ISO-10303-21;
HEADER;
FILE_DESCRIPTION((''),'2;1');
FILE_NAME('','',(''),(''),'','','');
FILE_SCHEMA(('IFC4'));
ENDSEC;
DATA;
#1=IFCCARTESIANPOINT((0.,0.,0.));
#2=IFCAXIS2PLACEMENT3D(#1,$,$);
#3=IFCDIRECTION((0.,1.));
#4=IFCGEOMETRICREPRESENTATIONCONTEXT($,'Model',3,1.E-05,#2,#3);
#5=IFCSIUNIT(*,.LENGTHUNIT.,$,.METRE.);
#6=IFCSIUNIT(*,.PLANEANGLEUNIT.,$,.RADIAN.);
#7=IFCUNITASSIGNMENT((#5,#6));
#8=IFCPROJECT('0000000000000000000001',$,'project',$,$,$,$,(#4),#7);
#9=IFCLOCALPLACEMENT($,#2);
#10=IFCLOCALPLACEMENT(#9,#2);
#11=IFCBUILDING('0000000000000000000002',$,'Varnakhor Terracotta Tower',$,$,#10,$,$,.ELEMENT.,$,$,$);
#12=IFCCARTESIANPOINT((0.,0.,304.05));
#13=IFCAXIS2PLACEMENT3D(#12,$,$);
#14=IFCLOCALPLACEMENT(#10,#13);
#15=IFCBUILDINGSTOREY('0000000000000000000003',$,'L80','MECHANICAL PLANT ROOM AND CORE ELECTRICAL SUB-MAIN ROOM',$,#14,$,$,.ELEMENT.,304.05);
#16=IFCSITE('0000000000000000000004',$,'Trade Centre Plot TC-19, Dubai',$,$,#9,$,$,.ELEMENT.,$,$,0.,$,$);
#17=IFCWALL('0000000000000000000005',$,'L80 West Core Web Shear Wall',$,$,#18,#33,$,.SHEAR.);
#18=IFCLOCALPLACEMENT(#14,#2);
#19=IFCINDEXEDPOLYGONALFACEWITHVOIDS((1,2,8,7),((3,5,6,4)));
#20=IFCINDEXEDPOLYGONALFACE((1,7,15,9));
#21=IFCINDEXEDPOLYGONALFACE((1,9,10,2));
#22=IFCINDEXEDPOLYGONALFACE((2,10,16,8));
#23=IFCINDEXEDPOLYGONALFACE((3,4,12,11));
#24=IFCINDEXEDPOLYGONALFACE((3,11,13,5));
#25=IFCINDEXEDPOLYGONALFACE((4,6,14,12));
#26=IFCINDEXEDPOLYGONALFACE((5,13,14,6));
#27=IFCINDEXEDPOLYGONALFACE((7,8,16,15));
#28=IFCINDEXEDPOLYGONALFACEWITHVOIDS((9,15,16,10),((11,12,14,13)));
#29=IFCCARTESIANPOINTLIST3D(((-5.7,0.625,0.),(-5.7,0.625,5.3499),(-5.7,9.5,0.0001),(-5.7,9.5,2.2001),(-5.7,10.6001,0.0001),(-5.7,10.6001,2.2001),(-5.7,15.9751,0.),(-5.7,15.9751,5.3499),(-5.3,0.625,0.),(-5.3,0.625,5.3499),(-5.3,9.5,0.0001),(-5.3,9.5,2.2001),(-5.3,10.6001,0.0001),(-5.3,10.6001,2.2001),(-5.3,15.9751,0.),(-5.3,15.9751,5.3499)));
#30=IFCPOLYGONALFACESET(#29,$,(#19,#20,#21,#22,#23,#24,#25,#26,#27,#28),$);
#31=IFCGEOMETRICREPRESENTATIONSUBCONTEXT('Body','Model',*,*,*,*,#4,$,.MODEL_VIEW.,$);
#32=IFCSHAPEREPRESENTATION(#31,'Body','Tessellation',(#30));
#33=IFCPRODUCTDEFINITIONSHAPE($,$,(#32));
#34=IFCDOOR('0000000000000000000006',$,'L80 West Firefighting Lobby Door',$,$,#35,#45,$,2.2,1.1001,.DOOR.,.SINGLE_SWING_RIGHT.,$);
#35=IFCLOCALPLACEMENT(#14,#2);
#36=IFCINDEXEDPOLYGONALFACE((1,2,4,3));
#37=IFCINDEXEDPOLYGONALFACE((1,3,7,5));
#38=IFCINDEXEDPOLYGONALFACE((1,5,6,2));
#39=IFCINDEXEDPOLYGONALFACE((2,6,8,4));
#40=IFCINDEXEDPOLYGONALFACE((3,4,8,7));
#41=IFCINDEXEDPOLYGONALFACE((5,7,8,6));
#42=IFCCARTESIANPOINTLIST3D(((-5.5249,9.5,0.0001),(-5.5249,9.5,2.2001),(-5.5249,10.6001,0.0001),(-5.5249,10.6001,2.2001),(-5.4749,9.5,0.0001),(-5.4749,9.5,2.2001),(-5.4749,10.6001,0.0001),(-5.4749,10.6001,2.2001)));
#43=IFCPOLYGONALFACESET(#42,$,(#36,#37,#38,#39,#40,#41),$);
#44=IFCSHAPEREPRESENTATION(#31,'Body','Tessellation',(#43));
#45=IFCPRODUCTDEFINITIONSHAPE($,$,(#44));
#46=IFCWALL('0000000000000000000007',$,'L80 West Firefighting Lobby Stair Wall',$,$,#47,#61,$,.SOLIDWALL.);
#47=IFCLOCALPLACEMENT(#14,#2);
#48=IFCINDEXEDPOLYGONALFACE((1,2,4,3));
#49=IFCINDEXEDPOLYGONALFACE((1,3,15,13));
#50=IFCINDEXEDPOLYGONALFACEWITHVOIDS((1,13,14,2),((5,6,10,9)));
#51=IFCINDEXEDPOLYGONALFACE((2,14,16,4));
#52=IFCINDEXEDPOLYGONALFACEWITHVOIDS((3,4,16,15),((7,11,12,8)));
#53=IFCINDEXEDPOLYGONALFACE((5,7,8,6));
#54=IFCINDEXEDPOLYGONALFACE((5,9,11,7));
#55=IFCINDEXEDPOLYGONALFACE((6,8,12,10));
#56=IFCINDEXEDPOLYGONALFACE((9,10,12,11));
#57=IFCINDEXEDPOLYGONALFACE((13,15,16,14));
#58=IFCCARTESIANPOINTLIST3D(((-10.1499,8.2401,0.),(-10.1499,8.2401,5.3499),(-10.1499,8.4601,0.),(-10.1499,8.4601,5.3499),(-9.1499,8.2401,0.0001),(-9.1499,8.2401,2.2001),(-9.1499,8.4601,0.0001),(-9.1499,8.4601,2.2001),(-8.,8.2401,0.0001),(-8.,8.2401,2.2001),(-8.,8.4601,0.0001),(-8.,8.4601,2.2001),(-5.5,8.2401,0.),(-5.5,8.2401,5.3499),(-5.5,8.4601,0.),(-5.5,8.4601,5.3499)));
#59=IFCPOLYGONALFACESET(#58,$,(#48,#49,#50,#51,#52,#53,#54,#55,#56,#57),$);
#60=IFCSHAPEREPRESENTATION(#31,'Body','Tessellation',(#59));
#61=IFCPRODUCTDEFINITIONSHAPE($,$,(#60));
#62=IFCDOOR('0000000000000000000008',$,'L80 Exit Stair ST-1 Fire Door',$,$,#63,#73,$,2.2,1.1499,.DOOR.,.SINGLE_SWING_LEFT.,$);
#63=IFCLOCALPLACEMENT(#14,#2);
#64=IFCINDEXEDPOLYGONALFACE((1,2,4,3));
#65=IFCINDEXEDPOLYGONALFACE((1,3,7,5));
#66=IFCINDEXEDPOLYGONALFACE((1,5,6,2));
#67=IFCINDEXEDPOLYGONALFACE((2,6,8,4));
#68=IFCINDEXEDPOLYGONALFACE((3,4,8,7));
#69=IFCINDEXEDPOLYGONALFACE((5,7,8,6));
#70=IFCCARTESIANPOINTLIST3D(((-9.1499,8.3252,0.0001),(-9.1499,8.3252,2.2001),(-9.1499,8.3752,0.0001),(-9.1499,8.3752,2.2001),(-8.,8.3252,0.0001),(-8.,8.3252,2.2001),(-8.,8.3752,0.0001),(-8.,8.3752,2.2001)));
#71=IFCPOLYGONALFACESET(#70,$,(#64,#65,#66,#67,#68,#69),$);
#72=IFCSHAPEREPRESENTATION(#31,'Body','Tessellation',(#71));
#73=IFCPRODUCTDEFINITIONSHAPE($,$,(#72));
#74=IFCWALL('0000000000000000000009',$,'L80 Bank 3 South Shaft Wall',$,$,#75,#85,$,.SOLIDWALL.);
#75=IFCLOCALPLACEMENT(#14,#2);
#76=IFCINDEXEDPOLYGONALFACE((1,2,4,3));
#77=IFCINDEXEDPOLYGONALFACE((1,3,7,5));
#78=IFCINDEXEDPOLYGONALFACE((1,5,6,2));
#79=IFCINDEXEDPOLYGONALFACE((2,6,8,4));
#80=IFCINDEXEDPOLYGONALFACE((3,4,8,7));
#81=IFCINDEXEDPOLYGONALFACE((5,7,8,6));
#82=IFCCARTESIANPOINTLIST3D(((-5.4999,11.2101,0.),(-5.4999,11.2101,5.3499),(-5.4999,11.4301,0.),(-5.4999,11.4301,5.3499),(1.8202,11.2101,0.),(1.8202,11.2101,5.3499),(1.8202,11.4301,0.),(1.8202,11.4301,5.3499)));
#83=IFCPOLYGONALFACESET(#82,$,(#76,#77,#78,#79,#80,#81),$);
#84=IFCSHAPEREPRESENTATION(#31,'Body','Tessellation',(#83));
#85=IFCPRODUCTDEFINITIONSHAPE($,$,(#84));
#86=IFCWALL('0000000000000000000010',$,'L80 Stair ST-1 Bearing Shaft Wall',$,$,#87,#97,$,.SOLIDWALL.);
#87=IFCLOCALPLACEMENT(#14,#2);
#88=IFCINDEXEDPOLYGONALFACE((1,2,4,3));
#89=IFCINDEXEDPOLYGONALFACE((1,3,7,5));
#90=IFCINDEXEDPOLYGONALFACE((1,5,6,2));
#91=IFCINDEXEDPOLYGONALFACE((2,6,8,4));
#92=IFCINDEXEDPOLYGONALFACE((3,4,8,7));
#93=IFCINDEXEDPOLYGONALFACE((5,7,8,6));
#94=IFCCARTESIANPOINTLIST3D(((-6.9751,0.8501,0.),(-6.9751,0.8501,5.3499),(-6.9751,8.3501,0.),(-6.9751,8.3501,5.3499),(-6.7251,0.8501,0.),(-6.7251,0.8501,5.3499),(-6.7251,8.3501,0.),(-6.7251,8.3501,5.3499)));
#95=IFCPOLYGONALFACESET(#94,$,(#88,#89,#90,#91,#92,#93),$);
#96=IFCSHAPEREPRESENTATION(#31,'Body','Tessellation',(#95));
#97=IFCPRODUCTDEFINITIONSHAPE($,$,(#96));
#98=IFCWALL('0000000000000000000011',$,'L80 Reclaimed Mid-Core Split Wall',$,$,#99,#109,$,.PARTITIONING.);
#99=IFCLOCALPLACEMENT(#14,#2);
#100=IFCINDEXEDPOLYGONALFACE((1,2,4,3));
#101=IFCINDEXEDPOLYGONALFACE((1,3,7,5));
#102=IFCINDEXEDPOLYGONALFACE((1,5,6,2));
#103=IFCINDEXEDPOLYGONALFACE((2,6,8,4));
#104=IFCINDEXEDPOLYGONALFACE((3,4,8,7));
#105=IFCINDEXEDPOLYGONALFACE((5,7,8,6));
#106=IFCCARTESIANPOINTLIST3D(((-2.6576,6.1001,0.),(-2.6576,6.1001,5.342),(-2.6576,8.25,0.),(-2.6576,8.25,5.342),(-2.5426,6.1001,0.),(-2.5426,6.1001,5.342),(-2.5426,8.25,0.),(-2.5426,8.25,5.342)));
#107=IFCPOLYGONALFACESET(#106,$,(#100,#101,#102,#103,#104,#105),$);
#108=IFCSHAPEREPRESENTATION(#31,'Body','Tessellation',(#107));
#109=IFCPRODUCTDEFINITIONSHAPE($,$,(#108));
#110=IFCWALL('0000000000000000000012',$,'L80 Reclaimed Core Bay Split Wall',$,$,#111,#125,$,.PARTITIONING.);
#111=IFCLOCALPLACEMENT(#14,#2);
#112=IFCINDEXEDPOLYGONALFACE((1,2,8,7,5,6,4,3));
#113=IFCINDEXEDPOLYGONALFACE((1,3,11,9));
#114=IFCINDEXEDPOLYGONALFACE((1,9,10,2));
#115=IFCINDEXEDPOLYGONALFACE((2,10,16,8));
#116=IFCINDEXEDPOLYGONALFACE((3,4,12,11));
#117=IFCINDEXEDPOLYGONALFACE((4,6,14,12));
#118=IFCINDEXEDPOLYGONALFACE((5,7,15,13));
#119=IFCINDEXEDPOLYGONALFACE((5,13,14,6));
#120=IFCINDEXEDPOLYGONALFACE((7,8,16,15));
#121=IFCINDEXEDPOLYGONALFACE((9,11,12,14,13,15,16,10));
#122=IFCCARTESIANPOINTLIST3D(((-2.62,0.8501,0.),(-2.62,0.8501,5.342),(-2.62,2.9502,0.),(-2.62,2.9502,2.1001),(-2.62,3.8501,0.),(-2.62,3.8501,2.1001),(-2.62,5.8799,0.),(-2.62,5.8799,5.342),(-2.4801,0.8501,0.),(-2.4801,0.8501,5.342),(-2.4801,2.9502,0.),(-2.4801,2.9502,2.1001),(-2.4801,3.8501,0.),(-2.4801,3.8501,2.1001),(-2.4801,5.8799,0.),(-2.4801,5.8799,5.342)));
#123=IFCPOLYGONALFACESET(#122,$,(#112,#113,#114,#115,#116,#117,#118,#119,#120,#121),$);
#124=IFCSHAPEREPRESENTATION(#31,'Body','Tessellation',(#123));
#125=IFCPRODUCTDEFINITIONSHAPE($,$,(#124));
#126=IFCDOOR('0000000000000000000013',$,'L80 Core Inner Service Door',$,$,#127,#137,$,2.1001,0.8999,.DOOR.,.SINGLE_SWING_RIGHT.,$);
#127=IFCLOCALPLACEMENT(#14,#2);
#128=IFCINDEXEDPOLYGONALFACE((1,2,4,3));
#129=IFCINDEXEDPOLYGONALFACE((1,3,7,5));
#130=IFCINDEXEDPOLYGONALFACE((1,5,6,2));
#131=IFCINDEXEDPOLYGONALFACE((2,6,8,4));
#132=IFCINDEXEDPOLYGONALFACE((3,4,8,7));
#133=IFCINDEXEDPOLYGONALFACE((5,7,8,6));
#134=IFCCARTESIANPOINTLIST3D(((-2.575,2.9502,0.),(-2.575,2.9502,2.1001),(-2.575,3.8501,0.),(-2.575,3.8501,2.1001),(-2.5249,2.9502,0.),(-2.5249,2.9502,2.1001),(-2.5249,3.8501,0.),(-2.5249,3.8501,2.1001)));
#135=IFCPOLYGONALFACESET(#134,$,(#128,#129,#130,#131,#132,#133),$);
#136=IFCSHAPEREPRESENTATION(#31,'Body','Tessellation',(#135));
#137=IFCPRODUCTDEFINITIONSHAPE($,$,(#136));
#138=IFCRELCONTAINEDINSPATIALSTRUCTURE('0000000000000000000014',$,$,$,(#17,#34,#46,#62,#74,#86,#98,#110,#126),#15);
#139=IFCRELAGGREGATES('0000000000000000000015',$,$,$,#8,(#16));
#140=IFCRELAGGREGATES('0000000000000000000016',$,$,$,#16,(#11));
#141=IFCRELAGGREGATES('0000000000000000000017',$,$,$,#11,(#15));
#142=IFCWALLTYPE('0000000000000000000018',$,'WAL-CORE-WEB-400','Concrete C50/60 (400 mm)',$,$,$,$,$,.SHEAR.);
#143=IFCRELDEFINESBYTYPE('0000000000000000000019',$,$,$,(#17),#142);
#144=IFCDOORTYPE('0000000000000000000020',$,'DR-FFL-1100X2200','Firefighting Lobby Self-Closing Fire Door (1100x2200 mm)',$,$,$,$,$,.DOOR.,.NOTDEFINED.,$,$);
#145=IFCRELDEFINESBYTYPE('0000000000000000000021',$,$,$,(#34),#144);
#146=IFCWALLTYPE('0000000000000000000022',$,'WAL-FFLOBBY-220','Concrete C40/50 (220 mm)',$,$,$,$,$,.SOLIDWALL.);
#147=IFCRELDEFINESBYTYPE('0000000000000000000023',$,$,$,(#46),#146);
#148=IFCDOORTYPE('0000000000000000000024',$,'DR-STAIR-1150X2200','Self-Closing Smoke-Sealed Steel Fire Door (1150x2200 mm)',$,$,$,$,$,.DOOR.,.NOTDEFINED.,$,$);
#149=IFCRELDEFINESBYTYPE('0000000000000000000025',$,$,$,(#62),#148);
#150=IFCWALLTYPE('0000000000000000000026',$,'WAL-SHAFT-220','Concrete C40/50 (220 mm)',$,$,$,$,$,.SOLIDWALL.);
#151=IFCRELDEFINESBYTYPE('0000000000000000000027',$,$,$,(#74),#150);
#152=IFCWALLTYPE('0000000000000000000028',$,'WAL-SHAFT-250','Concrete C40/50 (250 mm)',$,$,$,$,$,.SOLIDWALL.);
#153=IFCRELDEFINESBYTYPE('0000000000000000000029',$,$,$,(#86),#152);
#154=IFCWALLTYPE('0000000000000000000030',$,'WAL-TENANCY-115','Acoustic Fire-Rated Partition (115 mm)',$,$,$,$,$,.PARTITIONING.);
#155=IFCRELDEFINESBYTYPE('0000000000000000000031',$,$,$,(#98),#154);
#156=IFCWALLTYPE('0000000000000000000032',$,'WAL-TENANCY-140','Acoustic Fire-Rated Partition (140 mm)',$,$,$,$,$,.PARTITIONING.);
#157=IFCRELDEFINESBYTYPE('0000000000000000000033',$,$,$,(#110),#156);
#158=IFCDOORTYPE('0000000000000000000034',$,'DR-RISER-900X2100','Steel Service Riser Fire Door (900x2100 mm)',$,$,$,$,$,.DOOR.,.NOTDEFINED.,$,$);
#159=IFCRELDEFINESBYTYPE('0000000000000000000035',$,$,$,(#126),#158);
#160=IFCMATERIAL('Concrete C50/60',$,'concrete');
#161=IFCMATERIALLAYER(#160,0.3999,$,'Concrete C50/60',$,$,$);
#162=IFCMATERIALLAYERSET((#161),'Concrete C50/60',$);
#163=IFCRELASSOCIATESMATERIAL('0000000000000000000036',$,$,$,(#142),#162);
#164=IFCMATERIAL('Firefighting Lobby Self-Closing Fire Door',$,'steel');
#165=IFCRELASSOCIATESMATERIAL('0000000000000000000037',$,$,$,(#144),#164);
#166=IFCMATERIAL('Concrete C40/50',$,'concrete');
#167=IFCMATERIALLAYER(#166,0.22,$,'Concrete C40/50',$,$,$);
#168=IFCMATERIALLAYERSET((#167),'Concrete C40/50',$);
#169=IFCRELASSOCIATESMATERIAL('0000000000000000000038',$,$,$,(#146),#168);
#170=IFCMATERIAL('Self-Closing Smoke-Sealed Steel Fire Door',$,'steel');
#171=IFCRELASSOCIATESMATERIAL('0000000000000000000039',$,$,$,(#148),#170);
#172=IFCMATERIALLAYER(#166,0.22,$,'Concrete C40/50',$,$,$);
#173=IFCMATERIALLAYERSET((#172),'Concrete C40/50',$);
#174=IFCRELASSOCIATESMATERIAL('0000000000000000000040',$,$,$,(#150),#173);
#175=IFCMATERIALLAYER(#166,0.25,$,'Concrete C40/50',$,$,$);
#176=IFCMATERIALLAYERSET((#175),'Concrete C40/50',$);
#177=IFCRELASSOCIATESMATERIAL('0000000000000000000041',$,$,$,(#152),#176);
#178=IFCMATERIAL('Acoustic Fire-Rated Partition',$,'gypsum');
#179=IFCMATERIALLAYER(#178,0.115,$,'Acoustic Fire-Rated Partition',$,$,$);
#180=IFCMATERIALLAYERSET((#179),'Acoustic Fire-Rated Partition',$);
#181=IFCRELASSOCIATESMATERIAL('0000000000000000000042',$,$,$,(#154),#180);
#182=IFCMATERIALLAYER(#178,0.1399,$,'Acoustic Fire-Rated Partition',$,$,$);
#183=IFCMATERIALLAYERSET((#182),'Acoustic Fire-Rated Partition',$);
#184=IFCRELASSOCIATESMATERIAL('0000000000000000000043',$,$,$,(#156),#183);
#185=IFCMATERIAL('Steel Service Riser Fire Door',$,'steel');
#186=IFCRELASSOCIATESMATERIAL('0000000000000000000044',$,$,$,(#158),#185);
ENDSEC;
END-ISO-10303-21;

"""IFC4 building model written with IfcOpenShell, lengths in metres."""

from ifc_helpers import new_model, si_unit, direction, frame, frame_2d, origin, place, context, subcontext, project, spatial, rectangle, extrude, source, transform, mapped, material, layer, layer_set, type_object, type_shapes, element, fill, save


model = new_model("IFC4")

# Units and contexts
model_context = context("Model", 3, precision=1e-05, world=origin(), true_north=direction((0.0, 1.0)))
body_context = subcontext(model_context, "Body", "Model", "MODEL_VIEW")
ifc_project = project(units=[si_unit("LENGTHUNIT", "METRE"), si_unit("PLANEANGLEUNIT", "RADIAN")], contexts=[model_context])

# Site, building, storey
site_placement = place(None, origin())
site = spatial("IfcSite", under=ifc_project, at=site_placement, Name="Trade Centre Plot TC-19, Dubai", CompositionType="ELEMENT", RefElevation=0.0)
building_placement = place(site_placement, origin())
building = spatial("IfcBuilding", under=site, at=building_placement, Name="Varnakhor Terracotta Tower", CompositionType="ELEMENT")
storey_placement = place(building_placement, frame((0.0, 0.0, 304.05)))
storey = spatial("IfcBuildingStorey", under=building, at=storey_placement, Name="L80", Description="MECHANICAL PLANT ROOM AND CORE ELECTRICAL SUB-MAIN ROOM", CompositionType="ELEMENT", Elevation=304.05)

# Shared definitions
ifc_material_1 = material(Name="Concrete C50/60", Category="concrete")

# Walls, openings, doors
ifc_layer_1 = layer(ifc_material_1, 0.3999, Name="Concrete C50/60")
ifc_layer_set_1 = layer_set([ifc_layer_1], Name="Concrete C50/60")
wall_type_1 = type_object("IfcWallType", Name="WAL-CORE-WEB-400", Description="Concrete C50/60 (400 mm)", PredefinedType="SHEAR", material=ifc_layer_set_1)
wall_1_placement = place(storey_placement, frame((-5.5, 0.625, 0.0), z_axis=(0.0, 0.0, 1.0), x_axis=(0.0, 1.0, 0.0)))
wall_1 = element("IfcWall", 1, at=wall_1_placement, inside=storey, type_object=wall_type_1, Name="L80 West Core Web Shear Wall", PredefinedType="SHEAR", context=body_context, shape_type="SweptSolid", body=[
    extrude(rectangle(XDim=15.3501, YDim=0.3999, at=frame_2d((7.675, 0.0))), origin(), (0.0, 0.0, 1.0), 5.3499),
])
opening_1_placement = place(wall_1_placement, frame((8.875, 0.0, 0.0)))
opening_1 = element("IfcOpeningElement", 2, at=opening_1_placement, cuts=wall_1, PredefinedType="OPENING", context=body_context, shape_type="SweptSolid", body=[
    extrude(rectangle(XDim=1.1001, YDim=2.2, at=frame_2d((0.55, 1.1001))), frame((0.0, 0.21, 0.0), z_axis=(0.0, -1.0, 0.0), x_axis=(1.0, 0.0, 0.0)), (0.0, 0.0, 1.0), 0.4199),
])
ifc_material_2 = material(Name="Firefighting Lobby Self-Closing Fire Door", Category="steel")
door_type_1 = type_object("IfcDoorType", Name="DR-FFL-1100X2200", Description="Firefighting Lobby Self-Closing Fire Door (1100x2200 mm)", OperationType="NOTDEFINED", PredefinedType="DOOR", material=ifc_material_2)
shared_shape_1 = source(origin(), body_context, "Body", "SweptSolid", [
    extrude(rectangle(XDim=1.1001, YDim=2.2, at=frame_2d((0.55, 1.1001))), frame((0.0, 0.0249, 0.0), z_axis=(0.0, -1.0, 0.0), x_axis=(1.0, 0.0, 0.0)), (0.0, 0.0, 1.0), 0.05),
])
type_shapes(door_type_1, [shared_shape_1])
door_1_placement = place(opening_1_placement, origin())
door_1 = element("IfcDoor", 3, at=door_1_placement, inside=storey, type_object=door_type_1, Name="L80 West Firefighting Lobby Door", OperationType="SINGLE_SWING_RIGHT", OverallHeight=2.2, OverallWidth=1.1001, PredefinedType="DOOR", context=body_context, shape_type="MappedRepresentation", body=[
    mapped(shared_shape_1, transform((0.0, 0.0, 0.0), scale=1.0)),
])
fill(opening_1, door_1)
ifc_material_3 = material(Name="Concrete C40/50", Category="concrete")
ifc_layer_2 = layer(ifc_material_3, 0.22, Name="Concrete C40/50")
ifc_layer_set_2 = layer_set([ifc_layer_2], Name="Concrete C40/50")
wall_type_2 = type_object("IfcWallType", Name="WAL-FFLOBBY-220", Description="Concrete C40/50 (220 mm)", PredefinedType="SOLIDWALL", material=ifc_layer_set_2)
wall_2_placement = place(storey_placement, frame((-5.5, 8.3501, 0.0), z_axis=(0.0, 0.0, 1.0), x_axis=(-1.0, 0.0, 0.0)))
wall_2 = element("IfcWall", 4, at=wall_2_placement, inside=storey, type_object=wall_type_2, Name="L80 West Firefighting Lobby Stair Wall", PredefinedType="SOLIDWALL", context=body_context, shape_type="SweptSolid", body=[
    extrude(rectangle(XDim=4.6499, YDim=0.22, at=frame_2d((2.325, 0.0))), origin(), (0.0, 0.0, 1.0), 5.3499),
])
opening_2_placement = place(wall_2_placement, frame((2.5, 0.0, 0.0)))
opening_2 = element("IfcOpeningElement", 5, at=opening_2_placement, cuts=wall_2, PredefinedType="OPENING", context=body_context, shape_type="SweptSolid", body=[
    extrude(rectangle(XDim=1.1499, YDim=2.2, at=frame_2d((0.575, 1.1001))), frame((0.0, 0.1201, 0.0), z_axis=(0.0, -1.0, 0.0), x_axis=(1.0, 0.0, 0.0)), (0.0, 0.0, 1.0), 0.24),
])
ifc_material_4 = material(Name="Self-Closing Smoke-Sealed Steel Fire Door", Category="steel")
door_type_2 = type_object("IfcDoorType", Name="DR-STAIR-1150X2200", Description="Self-Closing Smoke-Sealed Steel Fire Door (1150x2200 mm)", OperationType="NOTDEFINED", PredefinedType="DOOR", material=ifc_material_4)
shared_shape_2 = source(origin(), body_context, "Body", "SweptSolid", [
    extrude(rectangle(XDim=1.1499, YDim=2.2, at=frame_2d((0.575, 1.1001))), frame((0.0, 0.0249, 0.0), z_axis=(0.0, -1.0, 0.0), x_axis=(1.0, 0.0, 0.0)), (0.0, 0.0, 1.0), 0.05),
])
type_shapes(door_type_2, [shared_shape_2])
door_2_placement = place(opening_2_placement, origin())
door_2 = element("IfcDoor", 6, at=door_2_placement, inside=storey, type_object=door_type_2, Name="L80 Exit Stair ST-1 Fire Door", OperationType="SINGLE_SWING_LEFT", OverallHeight=2.2, OverallWidth=1.1499, PredefinedType="DOOR", context=body_context, shape_type="MappedRepresentation", body=[
    mapped(shared_shape_2, transform((0.0, 0.0, 0.0), scale=1.0)),
])
fill(opening_2, door_2)

# Walls
ifc_layer_3 = layer(ifc_material_3, 0.22, Name="Concrete C40/50")
ifc_layer_set_3 = layer_set([ifc_layer_3], Name="Concrete C40/50")
wall_type_3 = type_object("IfcWallType", Name="WAL-SHAFT-220", Description="Concrete C40/50 (220 mm)", PredefinedType="SOLIDWALL", material=ifc_layer_set_3)
wall_3_placement = place(storey_placement, frame((-5.5, 11.3201, 0.0), z_axis=(0.0, 0.0, 1.0), x_axis=(1.0, 0.0, 0.0)))
element("IfcWall", 7, at=wall_3_placement, inside=storey, type_object=wall_type_3, Name="L80 Bank 3 South Shaft Wall", PredefinedType="SOLIDWALL", context=body_context, shape_type="SweptSolid", body=[
    extrude(rectangle(XDim=7.3201, YDim=0.22, at=frame_2d((3.6602, 0.0))), origin(), (0.0, 0.0, 1.0), 5.3499),
])
ifc_layer_4 = layer(ifc_material_3, 0.25, Name="Concrete C40/50")
ifc_layer_set_4 = layer_set([ifc_layer_4], Name="Concrete C40/50")
wall_type_4 = type_object("IfcWallType", Name="WAL-SHAFT-250", Description="Concrete C40/50 (250 mm)", PredefinedType="SOLIDWALL", material=ifc_layer_set_4)
wall_4_placement = place(storey_placement, frame((-6.8501, 0.8501, 0.0), z_axis=(0.0, 0.0, 1.0), x_axis=(0.0, 1.0, 0.0)))
element("IfcWall", 8, at=wall_4_placement, inside=storey, type_object=wall_type_4, Name="L80 Stair ST-1 Bearing Shaft Wall", PredefinedType="SOLIDWALL", context=body_context, shape_type="SweptSolid", body=[
    extrude(rectangle(XDim=7.5, YDim=0.25, at=frame_2d((3.75, 0.0))), origin(), (0.0, 0.0, 1.0), 5.3499),
])
ifc_material_5 = material(Name="Acoustic Fire-Rated Partition", Category="gypsum")
ifc_layer_5 = layer(ifc_material_5, 0.115, Name="Acoustic Fire-Rated Partition")
ifc_layer_set_5 = layer_set([ifc_layer_5], Name="Acoustic Fire-Rated Partition")
wall_type_5 = type_object("IfcWallType", Name="WAL-TENANCY-115", Description="Acoustic Fire-Rated Partition (115 mm)", PredefinedType="PARTITIONING", material=ifc_layer_set_5)
wall_5_placement = place(storey_placement, frame((-2.6001, 6.1001, 0.0), z_axis=(0.0, 0.0, 1.0), x_axis=(0.0, 1.0, 0.0)))
element("IfcWall", 9, at=wall_5_placement, inside=storey, type_object=wall_type_5, Name="L80 Reclaimed Mid-Core Split Wall", PredefinedType="PARTITIONING", context=body_context, shape_type="SweptSolid", body=[
    extrude(rectangle(XDim=2.1499, YDim=0.115, at=frame_2d((1.075, 0.0))), origin(), (0.0, 0.0, 1.0), 5.342),
])

# Wall, opening, door
ifc_layer_6 = layer(ifc_material_5, 0.1399, Name="Acoustic Fire-Rated Partition")
ifc_layer_set_6 = layer_set([ifc_layer_6], Name="Acoustic Fire-Rated Partition")
wall_type_6 = type_object("IfcWallType", Name="WAL-TENANCY-140", Description="Acoustic Fire-Rated Partition (140 mm)", PredefinedType="PARTITIONING", material=ifc_layer_set_6)
wall_6_placement = place(storey_placement, frame((-2.55, 0.8501, 0.0), z_axis=(0.0, 0.0, 1.0), x_axis=(0.0, 1.0, 0.0)))
wall_6 = element("IfcWall", 10, at=wall_6_placement, inside=storey, type_object=wall_type_6, Name="L80 Reclaimed Core Bay Split Wall", PredefinedType="PARTITIONING", context=body_context, shape_type="SweptSolid", body=[
    extrude(rectangle(XDim=5.0298, YDim=0.1399, at=frame_2d((2.5149, 0.0))), origin(), (0.0, 0.0, 1.0), 5.342),
])
opening_3_placement = place(wall_6_placement, frame((2.1001, 0.0, 0.0)))
opening_3 = element("IfcOpeningElement", 11, at=opening_3_placement, cuts=wall_6, PredefinedType="OPENING", context=body_context, shape_type="SweptSolid", body=[
    extrude(rectangle(XDim=0.8999, YDim=2.1001, at=frame_2d((0.45, 1.05))), frame((0.0, 0.0801, 0.0), z_axis=(0.0, -1.0, 0.0), x_axis=(1.0, 0.0, 0.0)), (0.0, 0.0, 1.0), 0.1599),
])
ifc_material_6 = material(Name="Steel Service Riser Fire Door", Category="steel")
door_type_3 = type_object("IfcDoorType", Name="DR-RISER-900X2100", Description="Steel Service Riser Fire Door (900x2100 mm)", OperationType="NOTDEFINED", PredefinedType="DOOR", material=ifc_material_6)
shared_shape_3 = source(origin(), body_context, "Body", "SweptSolid", [
    extrude(rectangle(XDim=0.8999, YDim=2.1001, at=frame_2d((0.45, 1.05))), frame((0.0, 0.0249, 0.0), z_axis=(0.0, -1.0, 0.0), x_axis=(1.0, 0.0, 0.0)), (0.0, 0.0, 1.0), 0.05),
])
type_shapes(door_type_3, [shared_shape_3])
door_3_placement = place(opening_3_placement, origin())
door_3 = element("IfcDoor", 12, at=door_3_placement, inside=storey, type_object=door_type_3, Name="L80 Core Inner Service Door", OperationType="SINGLE_SWING_RIGHT", OverallHeight=2.1001, OverallWidth=0.8999, PredefinedType="DOOR", context=body_context, shape_type="MappedRepresentation", body=[
    mapped(shared_shape_3, transform((0.0, 0.0, 0.0), scale=1.0)),
])
fill(opening_3, door_3)

save(model, "model.ifc")
